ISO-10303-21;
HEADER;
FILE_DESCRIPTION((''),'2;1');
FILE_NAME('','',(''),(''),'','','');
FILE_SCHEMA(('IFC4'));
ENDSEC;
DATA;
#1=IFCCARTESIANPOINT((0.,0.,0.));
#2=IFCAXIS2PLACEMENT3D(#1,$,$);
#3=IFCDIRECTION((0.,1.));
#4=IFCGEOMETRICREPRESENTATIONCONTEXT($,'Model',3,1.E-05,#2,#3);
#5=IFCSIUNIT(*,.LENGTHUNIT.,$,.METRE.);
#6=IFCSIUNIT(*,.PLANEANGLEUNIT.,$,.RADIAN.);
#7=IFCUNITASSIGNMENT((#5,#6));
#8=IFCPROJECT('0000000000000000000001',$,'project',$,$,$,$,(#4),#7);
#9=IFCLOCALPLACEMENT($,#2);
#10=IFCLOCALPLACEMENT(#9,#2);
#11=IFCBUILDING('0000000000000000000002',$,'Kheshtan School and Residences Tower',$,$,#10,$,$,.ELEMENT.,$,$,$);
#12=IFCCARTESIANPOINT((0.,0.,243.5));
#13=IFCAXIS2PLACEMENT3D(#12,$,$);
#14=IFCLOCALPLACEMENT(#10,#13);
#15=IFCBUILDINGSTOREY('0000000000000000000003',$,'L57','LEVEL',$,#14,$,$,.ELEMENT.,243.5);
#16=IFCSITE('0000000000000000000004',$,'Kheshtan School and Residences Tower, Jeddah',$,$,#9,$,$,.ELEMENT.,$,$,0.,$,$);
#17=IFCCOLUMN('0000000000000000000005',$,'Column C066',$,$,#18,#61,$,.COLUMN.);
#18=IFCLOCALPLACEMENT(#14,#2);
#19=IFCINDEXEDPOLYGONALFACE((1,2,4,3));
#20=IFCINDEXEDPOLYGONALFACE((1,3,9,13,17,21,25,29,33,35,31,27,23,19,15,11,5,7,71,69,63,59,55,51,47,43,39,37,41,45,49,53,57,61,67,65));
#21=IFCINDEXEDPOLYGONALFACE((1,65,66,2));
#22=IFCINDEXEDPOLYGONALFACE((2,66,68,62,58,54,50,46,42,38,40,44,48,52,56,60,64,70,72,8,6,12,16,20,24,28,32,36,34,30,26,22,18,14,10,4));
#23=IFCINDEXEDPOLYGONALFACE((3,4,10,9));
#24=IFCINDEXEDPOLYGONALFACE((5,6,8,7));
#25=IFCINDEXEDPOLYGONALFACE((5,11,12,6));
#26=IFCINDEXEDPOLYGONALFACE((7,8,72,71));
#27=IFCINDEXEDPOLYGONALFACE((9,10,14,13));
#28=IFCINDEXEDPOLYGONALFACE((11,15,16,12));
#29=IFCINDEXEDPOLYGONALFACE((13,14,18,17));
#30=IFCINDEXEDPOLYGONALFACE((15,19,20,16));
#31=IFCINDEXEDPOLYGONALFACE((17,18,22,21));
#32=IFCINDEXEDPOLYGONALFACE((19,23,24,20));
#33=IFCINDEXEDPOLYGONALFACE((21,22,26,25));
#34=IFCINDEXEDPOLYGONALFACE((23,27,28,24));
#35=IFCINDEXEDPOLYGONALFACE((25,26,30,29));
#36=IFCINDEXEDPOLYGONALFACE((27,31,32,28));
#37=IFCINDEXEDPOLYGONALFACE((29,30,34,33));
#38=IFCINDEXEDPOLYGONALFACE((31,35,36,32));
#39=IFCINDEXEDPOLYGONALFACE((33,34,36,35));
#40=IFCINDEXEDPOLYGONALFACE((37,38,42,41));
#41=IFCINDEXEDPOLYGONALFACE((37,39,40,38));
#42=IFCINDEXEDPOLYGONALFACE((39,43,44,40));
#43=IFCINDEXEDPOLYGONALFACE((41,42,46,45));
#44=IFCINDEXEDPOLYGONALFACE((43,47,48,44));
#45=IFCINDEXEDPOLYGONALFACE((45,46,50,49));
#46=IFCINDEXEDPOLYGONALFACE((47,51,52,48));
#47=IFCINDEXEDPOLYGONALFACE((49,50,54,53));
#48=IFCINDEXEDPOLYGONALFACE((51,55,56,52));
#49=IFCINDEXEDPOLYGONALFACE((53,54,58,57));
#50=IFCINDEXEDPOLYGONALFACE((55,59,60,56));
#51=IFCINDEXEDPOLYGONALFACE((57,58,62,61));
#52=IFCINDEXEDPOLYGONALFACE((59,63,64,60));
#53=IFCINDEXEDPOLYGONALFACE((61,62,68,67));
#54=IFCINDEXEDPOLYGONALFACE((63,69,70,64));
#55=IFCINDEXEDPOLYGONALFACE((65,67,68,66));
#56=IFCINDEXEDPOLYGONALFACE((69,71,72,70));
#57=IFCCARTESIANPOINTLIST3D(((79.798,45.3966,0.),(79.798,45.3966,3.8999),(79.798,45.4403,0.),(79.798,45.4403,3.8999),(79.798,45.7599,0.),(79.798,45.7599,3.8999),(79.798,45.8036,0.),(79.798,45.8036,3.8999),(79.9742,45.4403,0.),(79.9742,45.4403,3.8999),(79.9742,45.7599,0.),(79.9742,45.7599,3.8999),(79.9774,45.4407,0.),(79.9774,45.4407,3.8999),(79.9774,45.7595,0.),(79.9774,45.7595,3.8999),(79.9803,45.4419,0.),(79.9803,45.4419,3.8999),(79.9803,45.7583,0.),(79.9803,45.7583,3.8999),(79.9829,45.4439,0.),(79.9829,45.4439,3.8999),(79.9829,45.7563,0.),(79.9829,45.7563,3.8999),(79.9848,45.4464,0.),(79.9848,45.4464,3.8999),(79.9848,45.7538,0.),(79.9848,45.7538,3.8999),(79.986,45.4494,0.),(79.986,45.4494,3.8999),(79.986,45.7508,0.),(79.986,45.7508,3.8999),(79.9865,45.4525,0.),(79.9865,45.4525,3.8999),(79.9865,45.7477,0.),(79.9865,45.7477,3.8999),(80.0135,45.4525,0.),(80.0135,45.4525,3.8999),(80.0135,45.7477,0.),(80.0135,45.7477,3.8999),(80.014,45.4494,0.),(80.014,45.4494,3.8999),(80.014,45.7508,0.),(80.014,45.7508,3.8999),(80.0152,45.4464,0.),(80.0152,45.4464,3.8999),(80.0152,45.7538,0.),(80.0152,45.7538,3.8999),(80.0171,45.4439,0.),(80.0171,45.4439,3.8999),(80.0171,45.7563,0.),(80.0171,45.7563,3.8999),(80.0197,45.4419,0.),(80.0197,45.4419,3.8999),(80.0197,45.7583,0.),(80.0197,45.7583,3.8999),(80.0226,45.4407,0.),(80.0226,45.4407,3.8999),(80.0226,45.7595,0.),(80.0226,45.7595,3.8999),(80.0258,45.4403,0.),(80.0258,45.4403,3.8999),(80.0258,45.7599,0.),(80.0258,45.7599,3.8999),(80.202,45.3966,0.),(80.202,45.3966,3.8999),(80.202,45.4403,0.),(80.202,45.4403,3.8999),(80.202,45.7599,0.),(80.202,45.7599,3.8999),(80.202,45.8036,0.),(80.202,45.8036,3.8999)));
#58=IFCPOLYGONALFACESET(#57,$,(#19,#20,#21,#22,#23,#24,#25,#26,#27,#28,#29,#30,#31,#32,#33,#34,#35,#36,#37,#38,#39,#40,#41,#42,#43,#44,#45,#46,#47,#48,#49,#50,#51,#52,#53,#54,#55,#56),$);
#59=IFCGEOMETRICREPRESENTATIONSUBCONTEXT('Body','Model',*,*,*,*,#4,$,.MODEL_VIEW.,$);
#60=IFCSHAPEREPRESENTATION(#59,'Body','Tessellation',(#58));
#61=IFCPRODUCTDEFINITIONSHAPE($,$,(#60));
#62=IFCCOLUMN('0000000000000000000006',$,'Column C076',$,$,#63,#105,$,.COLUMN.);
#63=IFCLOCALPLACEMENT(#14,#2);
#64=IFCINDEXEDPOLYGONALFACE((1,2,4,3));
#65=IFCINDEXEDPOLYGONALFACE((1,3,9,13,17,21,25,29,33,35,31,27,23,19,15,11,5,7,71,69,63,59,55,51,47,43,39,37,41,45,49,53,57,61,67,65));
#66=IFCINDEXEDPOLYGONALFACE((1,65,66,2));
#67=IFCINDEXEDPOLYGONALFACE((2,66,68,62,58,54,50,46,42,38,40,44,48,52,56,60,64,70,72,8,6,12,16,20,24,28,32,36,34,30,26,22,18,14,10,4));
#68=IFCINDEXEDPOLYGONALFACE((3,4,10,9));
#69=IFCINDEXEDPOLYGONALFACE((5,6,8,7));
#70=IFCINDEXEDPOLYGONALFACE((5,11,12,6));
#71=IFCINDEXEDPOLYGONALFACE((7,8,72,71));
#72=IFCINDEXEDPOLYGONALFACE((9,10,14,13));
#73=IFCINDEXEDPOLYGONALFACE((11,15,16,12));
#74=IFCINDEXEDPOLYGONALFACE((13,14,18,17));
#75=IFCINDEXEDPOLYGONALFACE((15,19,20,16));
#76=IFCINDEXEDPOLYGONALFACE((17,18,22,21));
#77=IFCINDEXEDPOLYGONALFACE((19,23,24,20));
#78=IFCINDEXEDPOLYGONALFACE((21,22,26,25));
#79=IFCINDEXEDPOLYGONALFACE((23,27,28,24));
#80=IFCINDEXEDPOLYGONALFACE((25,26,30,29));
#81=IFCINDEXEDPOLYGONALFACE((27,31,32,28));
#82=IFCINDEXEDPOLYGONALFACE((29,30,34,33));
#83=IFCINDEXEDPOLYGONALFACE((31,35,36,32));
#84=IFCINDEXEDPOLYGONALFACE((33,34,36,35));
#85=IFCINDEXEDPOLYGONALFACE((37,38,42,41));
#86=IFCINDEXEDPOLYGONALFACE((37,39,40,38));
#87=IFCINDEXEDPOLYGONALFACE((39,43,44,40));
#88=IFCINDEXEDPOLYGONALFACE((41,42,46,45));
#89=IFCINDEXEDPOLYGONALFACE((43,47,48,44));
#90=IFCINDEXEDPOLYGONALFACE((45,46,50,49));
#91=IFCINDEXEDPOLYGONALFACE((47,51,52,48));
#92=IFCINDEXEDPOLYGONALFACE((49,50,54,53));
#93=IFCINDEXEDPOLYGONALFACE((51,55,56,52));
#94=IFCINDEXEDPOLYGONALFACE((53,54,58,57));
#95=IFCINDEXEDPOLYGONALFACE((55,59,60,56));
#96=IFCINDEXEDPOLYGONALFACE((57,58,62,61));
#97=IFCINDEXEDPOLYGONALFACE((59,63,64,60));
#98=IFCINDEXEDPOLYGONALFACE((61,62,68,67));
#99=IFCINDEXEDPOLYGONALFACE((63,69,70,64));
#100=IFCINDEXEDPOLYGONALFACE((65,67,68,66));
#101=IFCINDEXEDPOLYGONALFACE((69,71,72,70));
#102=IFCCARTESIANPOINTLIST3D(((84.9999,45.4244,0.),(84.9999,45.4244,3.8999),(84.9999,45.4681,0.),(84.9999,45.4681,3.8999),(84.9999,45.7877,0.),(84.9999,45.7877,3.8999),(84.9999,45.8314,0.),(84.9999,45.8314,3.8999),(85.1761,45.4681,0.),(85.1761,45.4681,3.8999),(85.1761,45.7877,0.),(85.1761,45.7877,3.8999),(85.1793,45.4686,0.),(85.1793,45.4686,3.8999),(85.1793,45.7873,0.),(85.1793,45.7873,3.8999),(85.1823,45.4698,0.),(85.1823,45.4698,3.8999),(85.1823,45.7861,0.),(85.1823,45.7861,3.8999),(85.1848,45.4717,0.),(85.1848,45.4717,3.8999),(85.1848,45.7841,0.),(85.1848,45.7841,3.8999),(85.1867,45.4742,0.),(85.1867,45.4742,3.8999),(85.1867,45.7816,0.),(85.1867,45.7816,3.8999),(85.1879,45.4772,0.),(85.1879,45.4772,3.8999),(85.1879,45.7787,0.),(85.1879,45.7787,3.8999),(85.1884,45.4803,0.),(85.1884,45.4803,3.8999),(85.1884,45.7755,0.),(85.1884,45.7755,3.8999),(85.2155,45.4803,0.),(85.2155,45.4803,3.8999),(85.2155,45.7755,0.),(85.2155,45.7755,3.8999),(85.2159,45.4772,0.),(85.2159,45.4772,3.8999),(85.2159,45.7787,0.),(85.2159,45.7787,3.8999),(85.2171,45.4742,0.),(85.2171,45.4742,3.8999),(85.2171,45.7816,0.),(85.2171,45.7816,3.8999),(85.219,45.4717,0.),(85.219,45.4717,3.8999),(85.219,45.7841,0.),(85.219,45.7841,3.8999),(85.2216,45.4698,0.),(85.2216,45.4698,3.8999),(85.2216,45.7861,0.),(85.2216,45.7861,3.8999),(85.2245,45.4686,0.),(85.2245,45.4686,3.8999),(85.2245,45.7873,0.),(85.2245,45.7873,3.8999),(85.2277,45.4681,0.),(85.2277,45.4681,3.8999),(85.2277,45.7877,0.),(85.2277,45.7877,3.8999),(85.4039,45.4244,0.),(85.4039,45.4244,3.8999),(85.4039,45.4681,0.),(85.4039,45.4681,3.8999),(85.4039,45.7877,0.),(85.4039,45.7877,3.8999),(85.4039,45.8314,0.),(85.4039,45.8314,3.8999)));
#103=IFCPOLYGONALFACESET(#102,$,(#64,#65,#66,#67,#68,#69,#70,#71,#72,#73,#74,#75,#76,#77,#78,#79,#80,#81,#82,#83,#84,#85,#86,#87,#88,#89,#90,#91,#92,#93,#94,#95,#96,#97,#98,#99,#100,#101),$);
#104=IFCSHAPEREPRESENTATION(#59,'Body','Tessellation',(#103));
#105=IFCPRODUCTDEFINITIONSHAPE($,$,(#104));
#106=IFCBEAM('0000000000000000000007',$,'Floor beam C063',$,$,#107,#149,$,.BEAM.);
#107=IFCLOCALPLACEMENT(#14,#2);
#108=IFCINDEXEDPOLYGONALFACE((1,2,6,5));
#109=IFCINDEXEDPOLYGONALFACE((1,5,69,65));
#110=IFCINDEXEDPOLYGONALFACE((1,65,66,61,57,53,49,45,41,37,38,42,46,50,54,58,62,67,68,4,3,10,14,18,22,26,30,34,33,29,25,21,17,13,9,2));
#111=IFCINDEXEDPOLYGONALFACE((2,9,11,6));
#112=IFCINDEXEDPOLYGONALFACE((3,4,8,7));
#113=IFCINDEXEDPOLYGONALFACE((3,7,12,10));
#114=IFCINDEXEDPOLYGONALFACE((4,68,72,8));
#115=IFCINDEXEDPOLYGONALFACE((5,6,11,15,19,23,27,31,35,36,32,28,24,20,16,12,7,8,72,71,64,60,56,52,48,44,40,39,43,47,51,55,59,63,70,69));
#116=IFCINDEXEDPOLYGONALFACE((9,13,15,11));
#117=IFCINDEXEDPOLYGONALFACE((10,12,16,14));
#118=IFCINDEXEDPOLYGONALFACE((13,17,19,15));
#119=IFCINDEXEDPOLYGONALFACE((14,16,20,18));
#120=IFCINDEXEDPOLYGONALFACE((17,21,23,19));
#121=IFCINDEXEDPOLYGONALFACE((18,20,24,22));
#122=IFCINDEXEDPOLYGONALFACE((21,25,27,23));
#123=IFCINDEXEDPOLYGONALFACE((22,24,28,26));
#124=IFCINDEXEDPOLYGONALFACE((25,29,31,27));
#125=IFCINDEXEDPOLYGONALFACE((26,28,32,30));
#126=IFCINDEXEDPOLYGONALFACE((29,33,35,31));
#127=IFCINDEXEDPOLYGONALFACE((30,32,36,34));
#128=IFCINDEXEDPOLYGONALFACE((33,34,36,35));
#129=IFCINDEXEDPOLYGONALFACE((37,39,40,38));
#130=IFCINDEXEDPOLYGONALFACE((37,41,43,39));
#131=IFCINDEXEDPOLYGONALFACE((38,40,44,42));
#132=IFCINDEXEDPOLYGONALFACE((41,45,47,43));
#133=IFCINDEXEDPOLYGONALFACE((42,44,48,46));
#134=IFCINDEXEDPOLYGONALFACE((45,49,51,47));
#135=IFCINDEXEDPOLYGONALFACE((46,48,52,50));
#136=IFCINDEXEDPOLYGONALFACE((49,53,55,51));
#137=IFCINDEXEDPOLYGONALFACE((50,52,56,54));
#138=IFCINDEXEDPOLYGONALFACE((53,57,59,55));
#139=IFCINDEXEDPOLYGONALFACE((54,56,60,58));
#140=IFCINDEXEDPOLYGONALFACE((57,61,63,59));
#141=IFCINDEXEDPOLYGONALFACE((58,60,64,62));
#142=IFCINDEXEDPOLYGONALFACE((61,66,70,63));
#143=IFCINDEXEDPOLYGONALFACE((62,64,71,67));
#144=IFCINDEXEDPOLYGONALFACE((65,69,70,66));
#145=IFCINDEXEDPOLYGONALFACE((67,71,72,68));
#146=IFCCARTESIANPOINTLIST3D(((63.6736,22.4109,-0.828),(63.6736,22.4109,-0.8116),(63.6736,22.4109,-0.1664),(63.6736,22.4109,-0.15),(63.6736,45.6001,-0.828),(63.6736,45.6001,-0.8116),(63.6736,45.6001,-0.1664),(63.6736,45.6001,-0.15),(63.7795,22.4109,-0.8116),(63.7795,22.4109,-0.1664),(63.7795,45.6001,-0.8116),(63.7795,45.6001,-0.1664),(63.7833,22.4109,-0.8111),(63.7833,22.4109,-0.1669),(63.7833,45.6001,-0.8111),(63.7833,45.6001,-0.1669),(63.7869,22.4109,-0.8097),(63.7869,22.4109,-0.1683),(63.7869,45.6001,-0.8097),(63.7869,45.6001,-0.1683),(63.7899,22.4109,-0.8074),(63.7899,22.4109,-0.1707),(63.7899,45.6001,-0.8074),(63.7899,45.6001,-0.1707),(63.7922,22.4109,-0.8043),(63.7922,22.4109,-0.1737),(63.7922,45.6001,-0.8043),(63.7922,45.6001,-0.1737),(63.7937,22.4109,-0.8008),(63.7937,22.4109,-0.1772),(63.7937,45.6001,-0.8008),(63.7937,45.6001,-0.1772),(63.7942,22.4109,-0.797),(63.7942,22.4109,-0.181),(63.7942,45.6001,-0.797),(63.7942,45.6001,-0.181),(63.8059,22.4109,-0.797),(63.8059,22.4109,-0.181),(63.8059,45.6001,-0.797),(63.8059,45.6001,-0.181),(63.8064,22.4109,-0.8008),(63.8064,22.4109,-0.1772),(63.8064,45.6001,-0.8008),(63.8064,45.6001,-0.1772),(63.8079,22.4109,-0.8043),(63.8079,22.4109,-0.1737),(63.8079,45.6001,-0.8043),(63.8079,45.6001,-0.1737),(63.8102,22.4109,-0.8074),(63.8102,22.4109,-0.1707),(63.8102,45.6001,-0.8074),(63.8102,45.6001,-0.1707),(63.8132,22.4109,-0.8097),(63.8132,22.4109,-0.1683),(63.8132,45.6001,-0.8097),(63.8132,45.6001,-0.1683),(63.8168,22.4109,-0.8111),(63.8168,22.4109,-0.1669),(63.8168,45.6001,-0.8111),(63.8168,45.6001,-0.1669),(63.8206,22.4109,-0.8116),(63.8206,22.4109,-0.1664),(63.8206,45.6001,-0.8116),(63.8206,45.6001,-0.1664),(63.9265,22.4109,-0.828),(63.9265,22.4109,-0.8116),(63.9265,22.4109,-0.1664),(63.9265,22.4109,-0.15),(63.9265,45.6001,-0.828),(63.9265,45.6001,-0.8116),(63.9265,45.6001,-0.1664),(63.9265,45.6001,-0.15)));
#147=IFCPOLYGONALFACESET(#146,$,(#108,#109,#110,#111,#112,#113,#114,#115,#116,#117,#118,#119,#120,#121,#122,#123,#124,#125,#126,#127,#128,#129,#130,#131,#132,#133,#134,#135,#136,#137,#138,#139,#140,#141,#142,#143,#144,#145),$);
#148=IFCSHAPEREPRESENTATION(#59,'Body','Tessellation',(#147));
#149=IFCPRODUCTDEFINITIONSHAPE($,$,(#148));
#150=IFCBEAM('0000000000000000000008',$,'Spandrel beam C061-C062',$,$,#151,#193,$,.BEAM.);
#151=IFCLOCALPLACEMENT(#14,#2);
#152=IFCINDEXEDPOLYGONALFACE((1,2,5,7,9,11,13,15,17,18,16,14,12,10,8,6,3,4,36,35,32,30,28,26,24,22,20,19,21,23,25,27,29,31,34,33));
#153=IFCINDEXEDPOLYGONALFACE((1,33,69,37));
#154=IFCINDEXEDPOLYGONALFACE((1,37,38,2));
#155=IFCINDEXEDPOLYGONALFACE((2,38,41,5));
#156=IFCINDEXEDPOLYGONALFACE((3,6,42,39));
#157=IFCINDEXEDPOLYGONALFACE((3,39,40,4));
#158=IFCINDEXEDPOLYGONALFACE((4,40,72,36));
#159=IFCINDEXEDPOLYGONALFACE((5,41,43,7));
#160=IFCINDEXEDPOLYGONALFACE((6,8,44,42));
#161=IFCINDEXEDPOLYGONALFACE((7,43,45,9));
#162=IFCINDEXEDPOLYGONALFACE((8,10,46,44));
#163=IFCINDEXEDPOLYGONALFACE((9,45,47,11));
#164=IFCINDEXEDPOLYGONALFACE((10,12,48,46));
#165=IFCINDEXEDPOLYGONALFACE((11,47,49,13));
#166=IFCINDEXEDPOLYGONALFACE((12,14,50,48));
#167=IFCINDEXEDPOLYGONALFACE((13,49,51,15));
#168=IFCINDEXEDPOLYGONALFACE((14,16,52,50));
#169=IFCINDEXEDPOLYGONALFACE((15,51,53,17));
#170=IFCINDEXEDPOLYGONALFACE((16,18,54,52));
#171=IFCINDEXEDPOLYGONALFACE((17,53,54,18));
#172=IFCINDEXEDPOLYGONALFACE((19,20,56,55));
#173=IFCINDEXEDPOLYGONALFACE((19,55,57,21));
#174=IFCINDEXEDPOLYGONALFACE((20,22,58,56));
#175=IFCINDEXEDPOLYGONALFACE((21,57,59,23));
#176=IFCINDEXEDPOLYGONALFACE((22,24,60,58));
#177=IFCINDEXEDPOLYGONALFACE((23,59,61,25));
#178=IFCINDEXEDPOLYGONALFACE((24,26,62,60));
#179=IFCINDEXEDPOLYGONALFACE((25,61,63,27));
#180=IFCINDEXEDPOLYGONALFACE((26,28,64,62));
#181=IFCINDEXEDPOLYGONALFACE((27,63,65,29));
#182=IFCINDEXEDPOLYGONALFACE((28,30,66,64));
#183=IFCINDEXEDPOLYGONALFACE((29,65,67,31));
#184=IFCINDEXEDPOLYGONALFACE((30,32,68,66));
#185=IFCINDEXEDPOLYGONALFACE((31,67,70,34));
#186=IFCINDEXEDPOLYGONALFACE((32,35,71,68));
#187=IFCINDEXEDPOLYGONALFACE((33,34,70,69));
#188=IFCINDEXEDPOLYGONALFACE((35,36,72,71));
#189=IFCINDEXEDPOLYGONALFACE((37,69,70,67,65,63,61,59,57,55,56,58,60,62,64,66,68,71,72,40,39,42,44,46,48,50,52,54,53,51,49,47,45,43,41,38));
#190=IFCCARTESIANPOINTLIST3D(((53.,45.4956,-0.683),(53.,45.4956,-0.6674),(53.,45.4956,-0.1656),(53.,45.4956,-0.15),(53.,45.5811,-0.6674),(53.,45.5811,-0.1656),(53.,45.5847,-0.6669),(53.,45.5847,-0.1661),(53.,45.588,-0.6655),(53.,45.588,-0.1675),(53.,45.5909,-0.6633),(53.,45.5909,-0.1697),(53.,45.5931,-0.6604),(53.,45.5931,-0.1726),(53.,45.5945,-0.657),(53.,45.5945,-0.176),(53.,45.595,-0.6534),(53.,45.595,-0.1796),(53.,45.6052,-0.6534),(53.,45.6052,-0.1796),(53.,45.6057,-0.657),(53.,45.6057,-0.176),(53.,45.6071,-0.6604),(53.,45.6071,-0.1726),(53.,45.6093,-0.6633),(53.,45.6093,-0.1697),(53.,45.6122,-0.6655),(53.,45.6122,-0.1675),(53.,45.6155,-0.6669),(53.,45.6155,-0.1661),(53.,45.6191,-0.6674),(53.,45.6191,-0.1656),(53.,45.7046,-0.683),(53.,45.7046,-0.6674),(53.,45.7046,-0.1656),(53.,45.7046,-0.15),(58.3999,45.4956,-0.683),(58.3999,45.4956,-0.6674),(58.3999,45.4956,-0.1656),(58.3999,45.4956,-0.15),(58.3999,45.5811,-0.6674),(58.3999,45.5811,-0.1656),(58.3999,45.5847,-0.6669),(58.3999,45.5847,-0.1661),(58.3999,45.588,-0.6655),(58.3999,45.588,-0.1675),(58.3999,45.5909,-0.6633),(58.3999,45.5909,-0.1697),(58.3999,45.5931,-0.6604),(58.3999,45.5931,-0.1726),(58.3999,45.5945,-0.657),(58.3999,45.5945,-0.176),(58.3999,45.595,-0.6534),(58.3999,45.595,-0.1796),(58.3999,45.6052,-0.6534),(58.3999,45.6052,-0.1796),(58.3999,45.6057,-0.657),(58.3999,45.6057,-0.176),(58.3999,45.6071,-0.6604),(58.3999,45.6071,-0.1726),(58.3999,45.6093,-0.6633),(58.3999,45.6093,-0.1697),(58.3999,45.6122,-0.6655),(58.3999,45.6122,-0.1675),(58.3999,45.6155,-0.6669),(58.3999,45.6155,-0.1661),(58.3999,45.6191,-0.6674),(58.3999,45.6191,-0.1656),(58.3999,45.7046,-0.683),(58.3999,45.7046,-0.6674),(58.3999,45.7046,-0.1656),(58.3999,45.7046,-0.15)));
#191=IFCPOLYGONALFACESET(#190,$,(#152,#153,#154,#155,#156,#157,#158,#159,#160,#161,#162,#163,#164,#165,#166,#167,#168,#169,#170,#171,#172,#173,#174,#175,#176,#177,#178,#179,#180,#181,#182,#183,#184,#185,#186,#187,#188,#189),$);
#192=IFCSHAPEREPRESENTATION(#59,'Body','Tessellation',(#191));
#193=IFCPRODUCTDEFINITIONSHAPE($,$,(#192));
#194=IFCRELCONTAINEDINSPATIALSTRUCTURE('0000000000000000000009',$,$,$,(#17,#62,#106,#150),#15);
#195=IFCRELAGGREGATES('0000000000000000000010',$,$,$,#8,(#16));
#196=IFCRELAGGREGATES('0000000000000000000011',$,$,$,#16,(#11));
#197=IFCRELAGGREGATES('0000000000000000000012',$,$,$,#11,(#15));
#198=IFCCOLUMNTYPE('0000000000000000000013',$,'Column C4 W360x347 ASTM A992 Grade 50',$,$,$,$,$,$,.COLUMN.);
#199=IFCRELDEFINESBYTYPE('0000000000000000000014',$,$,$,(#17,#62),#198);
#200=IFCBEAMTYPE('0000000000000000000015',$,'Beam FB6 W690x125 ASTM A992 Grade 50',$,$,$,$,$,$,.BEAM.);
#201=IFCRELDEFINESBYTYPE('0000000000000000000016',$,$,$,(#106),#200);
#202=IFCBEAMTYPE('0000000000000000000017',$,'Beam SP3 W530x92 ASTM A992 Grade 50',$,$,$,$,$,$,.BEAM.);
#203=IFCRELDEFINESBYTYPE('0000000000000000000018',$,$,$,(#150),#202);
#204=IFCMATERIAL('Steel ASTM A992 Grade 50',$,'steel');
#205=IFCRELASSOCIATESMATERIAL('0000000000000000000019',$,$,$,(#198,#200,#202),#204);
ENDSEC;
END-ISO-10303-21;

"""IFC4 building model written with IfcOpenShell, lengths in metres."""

from ifc_helpers import new_model, si_unit, direction, frame, origin, origin_2d, place, context, subcontext, project, spatial, i_section, extrude, material, material_profile, profile_set, type_object, element, save


model = new_model("IFC4")

# Units and contexts
model_context = context("Model", 3, precision=1e-05, world=origin(), true_north=direction((0.0, 1.0)))
body_context = subcontext(model_context, "Body", "Model", "MODEL_VIEW")
ifc_project = project(units=[si_unit("LENGTHUNIT", "METRE"), si_unit("PLANEANGLEUNIT", "RADIAN")], contexts=[model_context])

# Site, building, storey
site_placement = place(None, origin())
site = spatial("IfcSite", under=ifc_project, at=site_placement, Name="Kheshtan School and Residences Tower, Jeddah", CompositionType="ELEMENT", RefElevation=0.0)
building_placement = place(site_placement, origin())
building = spatial("IfcBuilding", under=site, at=building_placement, Name="Kheshtan School and Residences Tower", CompositionType="ELEMENT")
storey_placement = place(building_placement, frame((0.0, 0.0, 243.5)))
storey = spatial("IfcBuildingStorey", under=building, at=storey_placement, Name="L57", Description="LEVEL", CompositionType="ELEMENT", Elevation=243.5)

# Columns
ifc_material_1 = material(Name="Steel ASTM A992 Grade 50", Category="steel")
ifc_material_profile_1 = material_profile(ifc_material_1, i_section(OverallWidth=0.4041, OverallDepth=0.407, WebThickness=0.0271, FlangeThickness=0.0437, FilletRadius=0.0122, at=origin_2d()), Name="W360x347")
ifc_profile_set_1 = profile_set([ifc_material_profile_1], Name="Steel ASTM A992 Grade 50")
column_type = type_object("IfcColumnType", Name="Column C4 W360x347 ASTM A992 Grade 50", PredefinedType="COLUMN", material=ifc_profile_set_1)
for number, where, z_axis, x_axis, name in (
    (1, (80.0, 45.6001, 0.0), (0.0, 0.0, 1.0), (1.0, 0.0, 0.0), "Column C066"),
    (2, (85.2019, 45.6279, 0.0), (0.0, 0.0, 1.0), (1.0, 0.0, 0.0), "Column C076"),
):
    element("IfcColumn", number, at=place(storey_placement, frame(where, z_axis=z_axis, x_axis=x_axis)), inside=storey, type_object=column_type, Name=name, PredefinedType="COLUMN", context=body_context, shape_type="SweptSolid", body=[
        extrude(i_section(OverallWidth=0.4041, OverallDepth=0.407, WebThickness=0.0271, FlangeThickness=0.0437, FilletRadius=0.0122, at=origin_2d()), origin(), (0.0, 0.0, 1.0), 3.8999),
    ])

# Beams
ifc_material_profile_2 = material_profile(ifc_material_1, i_section(OverallWidth=0.2529, OverallDepth=0.678, WebThickness=0.0117, FlangeThickness=0.0164, FilletRadius=0.0146, at=origin_2d()), Name="W690x125")
ifc_profile_set_2 = profile_set([ifc_material_profile_2], Name="Steel ASTM A992 Grade 50")
beam_type_1 = type_object("IfcBeamType", Name="Beam FB6 W690x125 ASTM A992 Grade 50", PredefinedType="BEAM", material=ifc_profile_set_2)
beam_1_placement = place(storey_placement, frame((63.8, 45.6001, -0.489), z_axis=(0.0, -1.0, 0.0), x_axis=(1.0, 0.0, 0.0)))
element("IfcBeam", 3, at=beam_1_placement, inside=storey, type_object=beam_type_1, Name="Floor beam C063", PredefinedType="BEAM", context=body_context, shape_type="SweptSolid", body=[
    extrude(i_section(OverallWidth=0.2529, OverallDepth=0.678, WebThickness=0.0117, FlangeThickness=0.0164, FilletRadius=0.0146, at=origin_2d()), origin(), (0.0, 0.0, 1.0), 23.1892),
])
ifc_material_profile_3 = material_profile(ifc_material_1, i_section(OverallWidth=0.209, OverallDepth=0.533, WebThickness=0.0103, FlangeThickness=0.0156, FilletRadius=0.0139, at=origin_2d()), Name="W530x92")
ifc_profile_set_3 = profile_set([ifc_material_profile_3], Name="Steel ASTM A992 Grade 50")
beam_type_2 = type_object("IfcBeamType", Name="Beam SP3 W530x92 ASTM A992 Grade 50", PredefinedType="BEAM", material=ifc_profile_set_3)
beam_2_placement = place(storey_placement, frame((53.0, 45.6001, -0.4165), z_axis=(1.0, 0.0, 0.0), x_axis=(0.0, 1.0, 0.0)))
element("IfcBeam", 4, at=beam_2_placement, inside=storey, type_object=beam_type_2, Name="Spandrel beam C061-C062", PredefinedType="BEAM", context=body_context, shape_type="SweptSolid", body=[
    extrude(i_section(OverallWidth=0.209, OverallDepth=0.533, WebThickness=0.0103, FlangeThickness=0.0156, FilletRadius=0.0139, at=origin_2d()), origin(), (0.0, 0.0, 1.0), 5.3999),
])

save(model, "model.ifc")
